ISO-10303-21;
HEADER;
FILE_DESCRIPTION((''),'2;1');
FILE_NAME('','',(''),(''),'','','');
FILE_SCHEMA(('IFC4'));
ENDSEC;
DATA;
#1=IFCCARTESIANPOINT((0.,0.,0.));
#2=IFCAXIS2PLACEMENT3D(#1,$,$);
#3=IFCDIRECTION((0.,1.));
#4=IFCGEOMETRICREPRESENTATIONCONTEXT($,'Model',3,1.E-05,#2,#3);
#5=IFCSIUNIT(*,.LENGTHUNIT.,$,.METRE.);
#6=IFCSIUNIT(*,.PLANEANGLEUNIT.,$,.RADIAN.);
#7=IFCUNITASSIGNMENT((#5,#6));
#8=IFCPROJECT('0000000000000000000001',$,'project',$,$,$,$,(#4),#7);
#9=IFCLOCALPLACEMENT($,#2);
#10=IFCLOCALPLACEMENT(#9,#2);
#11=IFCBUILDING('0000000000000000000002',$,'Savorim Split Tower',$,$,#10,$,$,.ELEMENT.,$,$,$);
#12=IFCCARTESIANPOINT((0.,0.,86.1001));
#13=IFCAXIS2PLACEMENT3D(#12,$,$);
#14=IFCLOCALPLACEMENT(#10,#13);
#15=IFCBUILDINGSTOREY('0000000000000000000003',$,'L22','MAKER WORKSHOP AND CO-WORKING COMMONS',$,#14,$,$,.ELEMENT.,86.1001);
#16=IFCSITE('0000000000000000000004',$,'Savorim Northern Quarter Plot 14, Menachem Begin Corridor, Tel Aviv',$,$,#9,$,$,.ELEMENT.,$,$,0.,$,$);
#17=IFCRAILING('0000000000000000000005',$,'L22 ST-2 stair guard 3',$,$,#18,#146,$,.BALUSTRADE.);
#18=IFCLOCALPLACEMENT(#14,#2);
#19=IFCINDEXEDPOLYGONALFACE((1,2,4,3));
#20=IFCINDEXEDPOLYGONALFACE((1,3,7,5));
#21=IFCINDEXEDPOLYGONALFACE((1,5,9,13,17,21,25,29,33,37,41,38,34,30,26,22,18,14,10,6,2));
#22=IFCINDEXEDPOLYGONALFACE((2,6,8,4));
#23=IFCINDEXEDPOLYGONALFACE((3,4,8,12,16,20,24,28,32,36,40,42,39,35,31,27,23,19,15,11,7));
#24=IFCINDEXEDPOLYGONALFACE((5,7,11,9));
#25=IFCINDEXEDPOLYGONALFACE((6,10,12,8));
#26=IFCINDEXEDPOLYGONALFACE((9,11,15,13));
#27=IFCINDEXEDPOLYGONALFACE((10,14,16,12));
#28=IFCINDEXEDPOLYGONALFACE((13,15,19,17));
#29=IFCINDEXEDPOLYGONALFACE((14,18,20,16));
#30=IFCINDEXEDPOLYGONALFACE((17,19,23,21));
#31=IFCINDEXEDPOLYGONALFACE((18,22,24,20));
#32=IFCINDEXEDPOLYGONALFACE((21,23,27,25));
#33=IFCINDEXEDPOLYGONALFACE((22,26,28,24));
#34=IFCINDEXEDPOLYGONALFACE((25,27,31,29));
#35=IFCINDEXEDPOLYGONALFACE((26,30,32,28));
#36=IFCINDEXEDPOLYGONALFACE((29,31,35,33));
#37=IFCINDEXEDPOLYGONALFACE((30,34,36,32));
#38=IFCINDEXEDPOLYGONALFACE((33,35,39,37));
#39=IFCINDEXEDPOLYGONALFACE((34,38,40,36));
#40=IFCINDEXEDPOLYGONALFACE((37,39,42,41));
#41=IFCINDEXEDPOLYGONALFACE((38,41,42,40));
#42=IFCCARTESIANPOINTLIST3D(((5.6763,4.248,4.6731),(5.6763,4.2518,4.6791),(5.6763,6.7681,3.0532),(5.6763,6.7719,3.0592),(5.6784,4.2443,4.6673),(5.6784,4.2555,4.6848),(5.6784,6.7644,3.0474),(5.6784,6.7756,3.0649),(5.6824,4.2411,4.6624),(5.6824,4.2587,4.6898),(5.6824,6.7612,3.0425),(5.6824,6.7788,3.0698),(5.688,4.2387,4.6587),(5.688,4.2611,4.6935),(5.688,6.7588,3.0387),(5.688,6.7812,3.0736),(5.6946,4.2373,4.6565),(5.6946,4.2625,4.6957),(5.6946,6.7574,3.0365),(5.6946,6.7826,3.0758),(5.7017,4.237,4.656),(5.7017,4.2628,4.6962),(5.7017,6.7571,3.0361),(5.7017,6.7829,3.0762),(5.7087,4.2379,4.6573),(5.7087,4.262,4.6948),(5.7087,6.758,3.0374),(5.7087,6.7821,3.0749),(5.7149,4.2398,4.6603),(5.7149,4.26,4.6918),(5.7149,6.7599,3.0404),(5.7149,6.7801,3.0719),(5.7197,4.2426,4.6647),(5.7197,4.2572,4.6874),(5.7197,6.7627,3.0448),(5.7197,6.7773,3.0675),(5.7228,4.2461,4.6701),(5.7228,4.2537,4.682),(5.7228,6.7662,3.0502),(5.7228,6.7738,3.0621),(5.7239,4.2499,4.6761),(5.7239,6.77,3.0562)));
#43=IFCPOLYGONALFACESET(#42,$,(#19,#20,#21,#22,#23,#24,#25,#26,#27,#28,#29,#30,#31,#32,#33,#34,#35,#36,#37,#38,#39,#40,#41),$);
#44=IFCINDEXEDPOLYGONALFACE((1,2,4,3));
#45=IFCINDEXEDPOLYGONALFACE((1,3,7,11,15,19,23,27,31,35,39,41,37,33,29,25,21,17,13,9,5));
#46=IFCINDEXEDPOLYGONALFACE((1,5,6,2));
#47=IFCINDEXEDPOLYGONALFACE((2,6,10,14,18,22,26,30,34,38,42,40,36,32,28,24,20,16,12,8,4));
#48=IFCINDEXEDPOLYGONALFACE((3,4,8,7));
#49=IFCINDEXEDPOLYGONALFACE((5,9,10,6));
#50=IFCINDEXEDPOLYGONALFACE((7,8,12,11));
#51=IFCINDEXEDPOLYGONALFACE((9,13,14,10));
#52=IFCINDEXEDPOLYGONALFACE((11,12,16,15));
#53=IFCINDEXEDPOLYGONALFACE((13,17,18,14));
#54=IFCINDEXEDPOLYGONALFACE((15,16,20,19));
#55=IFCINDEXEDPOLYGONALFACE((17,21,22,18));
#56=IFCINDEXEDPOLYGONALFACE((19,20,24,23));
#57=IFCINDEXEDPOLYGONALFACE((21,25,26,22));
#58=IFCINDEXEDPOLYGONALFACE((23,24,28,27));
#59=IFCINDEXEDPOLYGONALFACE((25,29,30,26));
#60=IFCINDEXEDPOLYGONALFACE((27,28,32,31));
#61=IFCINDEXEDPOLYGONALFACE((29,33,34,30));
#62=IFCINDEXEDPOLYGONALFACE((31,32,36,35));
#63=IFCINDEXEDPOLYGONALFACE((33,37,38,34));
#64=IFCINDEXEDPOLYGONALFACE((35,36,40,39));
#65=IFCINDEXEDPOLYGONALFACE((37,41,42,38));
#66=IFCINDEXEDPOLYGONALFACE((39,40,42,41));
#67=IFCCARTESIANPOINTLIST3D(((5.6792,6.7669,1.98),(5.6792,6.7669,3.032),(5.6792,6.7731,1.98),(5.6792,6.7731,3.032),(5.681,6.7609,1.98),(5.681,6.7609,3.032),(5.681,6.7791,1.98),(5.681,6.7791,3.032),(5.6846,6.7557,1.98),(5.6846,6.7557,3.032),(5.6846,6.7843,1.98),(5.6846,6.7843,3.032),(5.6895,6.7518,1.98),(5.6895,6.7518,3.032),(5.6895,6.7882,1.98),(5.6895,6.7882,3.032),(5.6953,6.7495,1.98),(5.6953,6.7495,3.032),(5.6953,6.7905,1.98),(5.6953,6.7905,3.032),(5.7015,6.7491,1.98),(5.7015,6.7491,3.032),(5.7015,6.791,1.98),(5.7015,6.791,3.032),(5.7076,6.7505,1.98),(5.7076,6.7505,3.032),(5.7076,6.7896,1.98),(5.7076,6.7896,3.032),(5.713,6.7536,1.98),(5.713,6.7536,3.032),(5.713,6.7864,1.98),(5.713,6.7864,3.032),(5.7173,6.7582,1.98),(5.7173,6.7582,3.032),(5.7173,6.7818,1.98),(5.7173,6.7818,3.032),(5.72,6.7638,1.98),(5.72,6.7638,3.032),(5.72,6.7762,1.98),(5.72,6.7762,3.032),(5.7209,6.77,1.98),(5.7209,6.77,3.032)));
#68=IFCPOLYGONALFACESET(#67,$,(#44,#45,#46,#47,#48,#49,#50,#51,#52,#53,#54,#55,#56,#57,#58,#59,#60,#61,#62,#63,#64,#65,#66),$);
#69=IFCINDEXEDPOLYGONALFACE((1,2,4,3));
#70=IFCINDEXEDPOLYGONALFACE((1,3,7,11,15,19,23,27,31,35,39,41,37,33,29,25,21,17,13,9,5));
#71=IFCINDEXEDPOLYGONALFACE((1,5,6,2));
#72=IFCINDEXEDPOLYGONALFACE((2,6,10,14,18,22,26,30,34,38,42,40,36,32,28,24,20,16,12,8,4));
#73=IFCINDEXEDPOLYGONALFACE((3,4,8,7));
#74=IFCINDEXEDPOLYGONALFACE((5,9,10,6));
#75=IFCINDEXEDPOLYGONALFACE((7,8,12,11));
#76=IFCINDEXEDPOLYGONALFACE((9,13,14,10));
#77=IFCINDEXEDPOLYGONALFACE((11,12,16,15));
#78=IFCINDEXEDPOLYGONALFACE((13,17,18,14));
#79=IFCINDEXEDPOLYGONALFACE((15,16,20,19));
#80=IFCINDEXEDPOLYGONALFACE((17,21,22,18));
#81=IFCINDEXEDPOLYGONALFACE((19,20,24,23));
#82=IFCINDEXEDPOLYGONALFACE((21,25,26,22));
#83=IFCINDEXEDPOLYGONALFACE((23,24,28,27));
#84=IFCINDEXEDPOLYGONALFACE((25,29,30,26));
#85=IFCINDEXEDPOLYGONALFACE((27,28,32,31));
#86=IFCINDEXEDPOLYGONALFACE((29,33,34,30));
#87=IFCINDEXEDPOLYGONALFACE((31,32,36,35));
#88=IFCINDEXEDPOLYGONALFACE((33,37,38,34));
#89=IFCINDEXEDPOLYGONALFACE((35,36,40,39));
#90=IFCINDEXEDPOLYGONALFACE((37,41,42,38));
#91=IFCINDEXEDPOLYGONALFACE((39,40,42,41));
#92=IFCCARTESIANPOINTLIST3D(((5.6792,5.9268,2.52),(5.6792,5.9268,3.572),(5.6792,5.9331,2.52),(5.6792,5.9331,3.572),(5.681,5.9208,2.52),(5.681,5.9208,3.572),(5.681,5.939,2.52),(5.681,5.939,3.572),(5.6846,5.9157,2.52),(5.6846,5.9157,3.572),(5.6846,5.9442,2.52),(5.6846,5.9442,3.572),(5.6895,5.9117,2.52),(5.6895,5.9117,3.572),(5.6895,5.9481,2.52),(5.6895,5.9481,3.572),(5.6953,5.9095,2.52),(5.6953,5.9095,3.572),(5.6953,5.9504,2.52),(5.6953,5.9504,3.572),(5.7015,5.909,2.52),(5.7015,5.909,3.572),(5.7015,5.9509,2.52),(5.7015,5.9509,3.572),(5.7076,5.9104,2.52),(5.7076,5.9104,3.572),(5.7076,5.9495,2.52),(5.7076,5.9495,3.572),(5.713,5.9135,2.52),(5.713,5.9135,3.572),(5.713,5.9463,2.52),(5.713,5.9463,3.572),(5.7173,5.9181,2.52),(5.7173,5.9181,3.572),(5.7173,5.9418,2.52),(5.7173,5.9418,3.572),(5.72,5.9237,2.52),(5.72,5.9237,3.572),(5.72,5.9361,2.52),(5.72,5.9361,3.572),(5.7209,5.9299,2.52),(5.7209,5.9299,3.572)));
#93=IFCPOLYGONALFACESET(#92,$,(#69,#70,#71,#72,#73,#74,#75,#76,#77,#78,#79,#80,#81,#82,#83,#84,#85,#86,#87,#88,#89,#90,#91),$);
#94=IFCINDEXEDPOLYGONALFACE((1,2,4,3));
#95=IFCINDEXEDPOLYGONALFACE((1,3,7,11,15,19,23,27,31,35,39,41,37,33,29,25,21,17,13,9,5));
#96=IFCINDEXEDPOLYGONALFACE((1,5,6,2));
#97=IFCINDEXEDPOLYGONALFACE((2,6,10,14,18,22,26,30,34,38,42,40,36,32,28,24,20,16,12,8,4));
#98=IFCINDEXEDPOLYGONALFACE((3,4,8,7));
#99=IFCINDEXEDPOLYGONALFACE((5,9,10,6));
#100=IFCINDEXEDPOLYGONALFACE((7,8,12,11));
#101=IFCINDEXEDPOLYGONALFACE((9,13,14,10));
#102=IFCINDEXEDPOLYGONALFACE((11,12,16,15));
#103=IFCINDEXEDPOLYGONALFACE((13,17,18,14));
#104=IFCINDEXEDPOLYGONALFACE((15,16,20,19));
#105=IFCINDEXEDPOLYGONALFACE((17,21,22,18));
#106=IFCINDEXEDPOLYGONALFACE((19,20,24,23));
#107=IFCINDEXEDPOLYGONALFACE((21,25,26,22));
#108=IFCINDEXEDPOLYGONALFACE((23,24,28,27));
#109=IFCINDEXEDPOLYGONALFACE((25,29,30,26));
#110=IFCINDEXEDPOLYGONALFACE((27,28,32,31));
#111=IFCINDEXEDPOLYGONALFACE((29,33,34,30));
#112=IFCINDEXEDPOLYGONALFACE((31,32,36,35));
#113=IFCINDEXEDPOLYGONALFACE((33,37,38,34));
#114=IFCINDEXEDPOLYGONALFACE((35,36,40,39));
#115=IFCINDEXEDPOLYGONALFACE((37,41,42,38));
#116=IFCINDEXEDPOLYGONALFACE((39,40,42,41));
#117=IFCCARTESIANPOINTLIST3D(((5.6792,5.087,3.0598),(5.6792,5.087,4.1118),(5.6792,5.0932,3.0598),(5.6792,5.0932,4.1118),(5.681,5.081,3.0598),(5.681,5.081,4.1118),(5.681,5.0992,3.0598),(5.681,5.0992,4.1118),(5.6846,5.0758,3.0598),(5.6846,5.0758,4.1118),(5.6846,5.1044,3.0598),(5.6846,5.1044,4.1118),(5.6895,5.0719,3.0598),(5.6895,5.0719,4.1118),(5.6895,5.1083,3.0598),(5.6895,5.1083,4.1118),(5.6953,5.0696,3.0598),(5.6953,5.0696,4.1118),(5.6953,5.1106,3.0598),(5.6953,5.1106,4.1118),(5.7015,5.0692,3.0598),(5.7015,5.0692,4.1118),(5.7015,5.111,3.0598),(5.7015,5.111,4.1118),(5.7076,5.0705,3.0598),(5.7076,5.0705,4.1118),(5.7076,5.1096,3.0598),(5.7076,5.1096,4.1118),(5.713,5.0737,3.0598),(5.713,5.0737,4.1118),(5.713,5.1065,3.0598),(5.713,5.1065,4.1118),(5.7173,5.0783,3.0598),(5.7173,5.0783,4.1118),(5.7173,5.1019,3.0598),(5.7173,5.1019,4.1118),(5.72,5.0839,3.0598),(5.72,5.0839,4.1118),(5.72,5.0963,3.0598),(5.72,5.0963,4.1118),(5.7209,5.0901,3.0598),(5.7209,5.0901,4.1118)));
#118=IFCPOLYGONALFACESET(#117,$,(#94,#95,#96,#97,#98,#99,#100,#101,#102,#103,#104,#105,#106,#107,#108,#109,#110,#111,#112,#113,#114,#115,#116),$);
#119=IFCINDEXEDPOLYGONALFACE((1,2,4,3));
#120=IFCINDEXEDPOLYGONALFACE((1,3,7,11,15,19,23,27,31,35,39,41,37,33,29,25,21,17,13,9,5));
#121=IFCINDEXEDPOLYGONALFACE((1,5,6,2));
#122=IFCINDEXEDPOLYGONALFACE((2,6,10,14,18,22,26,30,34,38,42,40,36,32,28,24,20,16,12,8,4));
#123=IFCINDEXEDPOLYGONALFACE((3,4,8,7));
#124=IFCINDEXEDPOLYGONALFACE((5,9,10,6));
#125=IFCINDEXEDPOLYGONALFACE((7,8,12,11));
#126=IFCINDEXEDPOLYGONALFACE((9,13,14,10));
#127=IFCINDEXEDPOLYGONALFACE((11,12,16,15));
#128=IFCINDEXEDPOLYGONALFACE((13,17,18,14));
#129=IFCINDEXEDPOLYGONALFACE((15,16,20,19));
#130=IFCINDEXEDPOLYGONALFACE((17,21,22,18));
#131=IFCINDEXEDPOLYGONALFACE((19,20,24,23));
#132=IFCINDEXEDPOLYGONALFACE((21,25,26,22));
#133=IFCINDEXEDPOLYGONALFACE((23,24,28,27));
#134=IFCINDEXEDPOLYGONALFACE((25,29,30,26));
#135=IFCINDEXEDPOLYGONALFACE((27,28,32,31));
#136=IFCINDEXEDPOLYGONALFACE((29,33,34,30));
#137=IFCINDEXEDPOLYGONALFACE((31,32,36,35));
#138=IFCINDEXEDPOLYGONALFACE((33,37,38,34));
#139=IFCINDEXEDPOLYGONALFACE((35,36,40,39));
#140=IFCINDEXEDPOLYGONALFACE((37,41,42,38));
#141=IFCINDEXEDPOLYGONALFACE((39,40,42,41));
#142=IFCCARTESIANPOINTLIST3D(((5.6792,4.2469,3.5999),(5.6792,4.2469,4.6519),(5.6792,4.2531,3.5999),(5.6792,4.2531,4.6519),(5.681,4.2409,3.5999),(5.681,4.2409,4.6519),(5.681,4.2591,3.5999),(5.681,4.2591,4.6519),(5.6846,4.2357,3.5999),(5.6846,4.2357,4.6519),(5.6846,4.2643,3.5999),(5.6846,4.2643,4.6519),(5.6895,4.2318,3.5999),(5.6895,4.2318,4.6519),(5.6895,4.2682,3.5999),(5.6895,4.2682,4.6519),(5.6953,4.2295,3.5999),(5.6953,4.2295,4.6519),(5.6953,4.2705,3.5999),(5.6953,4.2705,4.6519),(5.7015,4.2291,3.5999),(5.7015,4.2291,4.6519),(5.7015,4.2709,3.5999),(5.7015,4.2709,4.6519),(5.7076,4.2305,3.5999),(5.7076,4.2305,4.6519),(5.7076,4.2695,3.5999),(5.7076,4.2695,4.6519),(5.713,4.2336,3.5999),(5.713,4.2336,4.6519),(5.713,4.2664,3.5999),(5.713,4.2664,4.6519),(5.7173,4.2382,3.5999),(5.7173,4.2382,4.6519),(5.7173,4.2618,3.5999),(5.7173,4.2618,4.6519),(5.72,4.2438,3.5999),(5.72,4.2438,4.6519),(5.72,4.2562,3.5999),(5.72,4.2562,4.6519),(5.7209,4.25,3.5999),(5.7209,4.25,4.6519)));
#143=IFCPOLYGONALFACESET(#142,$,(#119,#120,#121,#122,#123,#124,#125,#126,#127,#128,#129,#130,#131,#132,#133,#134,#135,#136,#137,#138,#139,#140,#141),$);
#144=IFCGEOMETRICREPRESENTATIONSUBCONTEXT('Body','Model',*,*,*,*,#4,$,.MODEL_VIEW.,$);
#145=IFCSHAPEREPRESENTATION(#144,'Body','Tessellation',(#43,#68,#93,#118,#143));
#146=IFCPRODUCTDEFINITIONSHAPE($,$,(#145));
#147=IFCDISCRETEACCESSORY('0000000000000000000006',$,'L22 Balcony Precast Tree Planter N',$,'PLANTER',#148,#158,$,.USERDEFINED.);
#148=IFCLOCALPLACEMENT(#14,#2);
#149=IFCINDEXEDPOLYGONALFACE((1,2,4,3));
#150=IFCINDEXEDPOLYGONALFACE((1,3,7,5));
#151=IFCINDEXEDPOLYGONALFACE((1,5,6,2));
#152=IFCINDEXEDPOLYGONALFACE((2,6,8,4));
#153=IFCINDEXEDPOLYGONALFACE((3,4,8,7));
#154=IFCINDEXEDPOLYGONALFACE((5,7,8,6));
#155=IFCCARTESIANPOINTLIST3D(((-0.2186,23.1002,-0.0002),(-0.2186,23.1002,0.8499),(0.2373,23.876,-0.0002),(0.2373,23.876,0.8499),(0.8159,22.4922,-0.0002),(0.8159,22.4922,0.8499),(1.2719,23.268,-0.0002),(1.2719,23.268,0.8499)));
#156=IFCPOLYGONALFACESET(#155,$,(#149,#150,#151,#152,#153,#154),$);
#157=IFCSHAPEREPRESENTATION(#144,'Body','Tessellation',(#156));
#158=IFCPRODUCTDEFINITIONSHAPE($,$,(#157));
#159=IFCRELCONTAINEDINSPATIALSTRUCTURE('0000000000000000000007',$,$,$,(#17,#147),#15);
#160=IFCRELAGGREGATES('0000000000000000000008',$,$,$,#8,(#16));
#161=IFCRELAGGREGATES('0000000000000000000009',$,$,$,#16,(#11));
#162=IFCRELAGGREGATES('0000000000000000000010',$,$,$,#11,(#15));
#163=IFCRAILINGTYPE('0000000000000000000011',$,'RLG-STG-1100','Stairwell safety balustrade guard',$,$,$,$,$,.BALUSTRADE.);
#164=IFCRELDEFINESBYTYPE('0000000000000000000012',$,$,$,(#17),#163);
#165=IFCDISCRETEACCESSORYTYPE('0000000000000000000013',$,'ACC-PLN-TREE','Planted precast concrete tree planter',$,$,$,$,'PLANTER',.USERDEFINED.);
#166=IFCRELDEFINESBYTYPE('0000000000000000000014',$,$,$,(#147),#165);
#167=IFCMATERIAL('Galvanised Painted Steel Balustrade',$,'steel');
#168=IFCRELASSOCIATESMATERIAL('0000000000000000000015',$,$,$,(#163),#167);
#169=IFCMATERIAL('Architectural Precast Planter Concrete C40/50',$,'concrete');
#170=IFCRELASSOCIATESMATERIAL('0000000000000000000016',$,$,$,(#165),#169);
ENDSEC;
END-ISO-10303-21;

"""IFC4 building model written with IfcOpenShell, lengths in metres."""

from ifc_helpers import new_model, si_unit, direction, frame, origin, origin_2d, place, context, subcontext, project, spatial, rectangle, circle, extrude, material, type_object, element, save


model = new_model("IFC4")

# Units and contexts
model_context = context("Model", 3, precision=1e-05, world=origin(), true_north=direction((0.0, 1.0)))
body_context = subcontext(model_context, "Body", "Model", "MODEL_VIEW")
ifc_project = project(units=[si_unit("LENGTHUNIT", "METRE"), si_unit("PLANEANGLEUNIT", "RADIAN")], contexts=[model_context])

# Site, building, storey
site_placement = place(None, origin())
site = spatial("IfcSite", under=ifc_project, at=site_placement, Name="Savorim Northern Quarter Plot 14, Menachem Begin Corridor, Tel Aviv", CompositionType="ELEMENT", RefElevation=0.0)
building_placement = place(site_placement, origin())
building = spatial("IfcBuilding", under=site, at=building_placement, Name="Savorim Split Tower", CompositionType="ELEMENT")
storey_placement = place(building_placement, frame((0.0, 0.0, 86.1001)))
storey = spatial("IfcBuildingStorey", under=building, at=storey_placement, Name="L22", Description="MAKER WORKSHOP AND CO-WORKING COMMONS", CompositionType="ELEMENT", Elevation=86.1001)

# Railing
ifc_material_1 = material(Name="Galvanised Painted Steel Balustrade", Category="steel")
railing_type_1 = type_object("IfcRailingType", Name="RLG-STG-1100", Description="Stairwell safety balustrade guard", PredefinedType="BALUSTRADE", material=ifc_material_1)
railing_1_placement = place(storey_placement, frame((5.7, 6.77, 1.98)))
element("IfcRailing", 1, at=railing_1_placement, inside=storey, type_object=railing_type_1, Name="L22 ST-2 stair guard 3", PredefinedType="BALUSTRADE", context=body_context, shape_type="SweptSolid", body=[
    extrude(circle(Radius=0.0239, at=origin_2d()), frame((0.0, 0.0, 1.0762), z_axis=(0.0, -0.8412, 0.540725), x_axis=(1.0, 0.0, 0.0)), (0.0, 0.0, 1.0), 2.9958),
    extrude(circle(Radius=0.021, at=origin_2d()), origin(), (0.0, 0.0, 1.0), 1.052),
    extrude(circle(Radius=0.021, at=origin_2d()), frame((0.0, -0.8401, 0.54)), (0.0, 0.0, 1.0), 1.052),
    extrude(circle(Radius=0.021, at=origin_2d()), frame((0.0, -1.6799, 1.0798)), (0.0, 0.0, 1.0), 1.052),
    extrude(circle(Radius=0.021, at=origin_2d()), frame((0.0, -2.52, 1.6199)), (0.0, 0.0, 1.0), 1.052),
])

# Discrete accessory
ifc_material_2 = material(Name="Architectural Precast Planter Concrete C40/50", Category="concrete")
discrete_accessory_type = type_object("IfcDiscreteAccessoryType", Name="ACC-PLN-TREE", Description="Planted precast concrete tree planter", ElementType="PLANTER", PredefinedType="USERDEFINED", material=ifc_material_2)
discrete_accessory_placement = place(storey_placement, frame((0.5266, 23.1841, -0.0002), z_axis=(0.0, 0.0, 1.0), x_axis=(-0.862122, 0.5067, 0.0)))
element("IfcDiscreteAccessory", 2, at=discrete_accessory_placement, inside=storey, type_object=discrete_accessory_type, Name="L22 Balcony Precast Tree Planter N", ObjectType="PLANTER", PredefinedType="USERDEFINED", context=body_context, shape_type="SweptSolid", body=[
    extrude(rectangle(XDim=1.2, YDim=0.8999, at=origin_2d()), origin(), (0.0, 0.0, 1.0), 0.8501),
])

save(model, "model.ifc")
